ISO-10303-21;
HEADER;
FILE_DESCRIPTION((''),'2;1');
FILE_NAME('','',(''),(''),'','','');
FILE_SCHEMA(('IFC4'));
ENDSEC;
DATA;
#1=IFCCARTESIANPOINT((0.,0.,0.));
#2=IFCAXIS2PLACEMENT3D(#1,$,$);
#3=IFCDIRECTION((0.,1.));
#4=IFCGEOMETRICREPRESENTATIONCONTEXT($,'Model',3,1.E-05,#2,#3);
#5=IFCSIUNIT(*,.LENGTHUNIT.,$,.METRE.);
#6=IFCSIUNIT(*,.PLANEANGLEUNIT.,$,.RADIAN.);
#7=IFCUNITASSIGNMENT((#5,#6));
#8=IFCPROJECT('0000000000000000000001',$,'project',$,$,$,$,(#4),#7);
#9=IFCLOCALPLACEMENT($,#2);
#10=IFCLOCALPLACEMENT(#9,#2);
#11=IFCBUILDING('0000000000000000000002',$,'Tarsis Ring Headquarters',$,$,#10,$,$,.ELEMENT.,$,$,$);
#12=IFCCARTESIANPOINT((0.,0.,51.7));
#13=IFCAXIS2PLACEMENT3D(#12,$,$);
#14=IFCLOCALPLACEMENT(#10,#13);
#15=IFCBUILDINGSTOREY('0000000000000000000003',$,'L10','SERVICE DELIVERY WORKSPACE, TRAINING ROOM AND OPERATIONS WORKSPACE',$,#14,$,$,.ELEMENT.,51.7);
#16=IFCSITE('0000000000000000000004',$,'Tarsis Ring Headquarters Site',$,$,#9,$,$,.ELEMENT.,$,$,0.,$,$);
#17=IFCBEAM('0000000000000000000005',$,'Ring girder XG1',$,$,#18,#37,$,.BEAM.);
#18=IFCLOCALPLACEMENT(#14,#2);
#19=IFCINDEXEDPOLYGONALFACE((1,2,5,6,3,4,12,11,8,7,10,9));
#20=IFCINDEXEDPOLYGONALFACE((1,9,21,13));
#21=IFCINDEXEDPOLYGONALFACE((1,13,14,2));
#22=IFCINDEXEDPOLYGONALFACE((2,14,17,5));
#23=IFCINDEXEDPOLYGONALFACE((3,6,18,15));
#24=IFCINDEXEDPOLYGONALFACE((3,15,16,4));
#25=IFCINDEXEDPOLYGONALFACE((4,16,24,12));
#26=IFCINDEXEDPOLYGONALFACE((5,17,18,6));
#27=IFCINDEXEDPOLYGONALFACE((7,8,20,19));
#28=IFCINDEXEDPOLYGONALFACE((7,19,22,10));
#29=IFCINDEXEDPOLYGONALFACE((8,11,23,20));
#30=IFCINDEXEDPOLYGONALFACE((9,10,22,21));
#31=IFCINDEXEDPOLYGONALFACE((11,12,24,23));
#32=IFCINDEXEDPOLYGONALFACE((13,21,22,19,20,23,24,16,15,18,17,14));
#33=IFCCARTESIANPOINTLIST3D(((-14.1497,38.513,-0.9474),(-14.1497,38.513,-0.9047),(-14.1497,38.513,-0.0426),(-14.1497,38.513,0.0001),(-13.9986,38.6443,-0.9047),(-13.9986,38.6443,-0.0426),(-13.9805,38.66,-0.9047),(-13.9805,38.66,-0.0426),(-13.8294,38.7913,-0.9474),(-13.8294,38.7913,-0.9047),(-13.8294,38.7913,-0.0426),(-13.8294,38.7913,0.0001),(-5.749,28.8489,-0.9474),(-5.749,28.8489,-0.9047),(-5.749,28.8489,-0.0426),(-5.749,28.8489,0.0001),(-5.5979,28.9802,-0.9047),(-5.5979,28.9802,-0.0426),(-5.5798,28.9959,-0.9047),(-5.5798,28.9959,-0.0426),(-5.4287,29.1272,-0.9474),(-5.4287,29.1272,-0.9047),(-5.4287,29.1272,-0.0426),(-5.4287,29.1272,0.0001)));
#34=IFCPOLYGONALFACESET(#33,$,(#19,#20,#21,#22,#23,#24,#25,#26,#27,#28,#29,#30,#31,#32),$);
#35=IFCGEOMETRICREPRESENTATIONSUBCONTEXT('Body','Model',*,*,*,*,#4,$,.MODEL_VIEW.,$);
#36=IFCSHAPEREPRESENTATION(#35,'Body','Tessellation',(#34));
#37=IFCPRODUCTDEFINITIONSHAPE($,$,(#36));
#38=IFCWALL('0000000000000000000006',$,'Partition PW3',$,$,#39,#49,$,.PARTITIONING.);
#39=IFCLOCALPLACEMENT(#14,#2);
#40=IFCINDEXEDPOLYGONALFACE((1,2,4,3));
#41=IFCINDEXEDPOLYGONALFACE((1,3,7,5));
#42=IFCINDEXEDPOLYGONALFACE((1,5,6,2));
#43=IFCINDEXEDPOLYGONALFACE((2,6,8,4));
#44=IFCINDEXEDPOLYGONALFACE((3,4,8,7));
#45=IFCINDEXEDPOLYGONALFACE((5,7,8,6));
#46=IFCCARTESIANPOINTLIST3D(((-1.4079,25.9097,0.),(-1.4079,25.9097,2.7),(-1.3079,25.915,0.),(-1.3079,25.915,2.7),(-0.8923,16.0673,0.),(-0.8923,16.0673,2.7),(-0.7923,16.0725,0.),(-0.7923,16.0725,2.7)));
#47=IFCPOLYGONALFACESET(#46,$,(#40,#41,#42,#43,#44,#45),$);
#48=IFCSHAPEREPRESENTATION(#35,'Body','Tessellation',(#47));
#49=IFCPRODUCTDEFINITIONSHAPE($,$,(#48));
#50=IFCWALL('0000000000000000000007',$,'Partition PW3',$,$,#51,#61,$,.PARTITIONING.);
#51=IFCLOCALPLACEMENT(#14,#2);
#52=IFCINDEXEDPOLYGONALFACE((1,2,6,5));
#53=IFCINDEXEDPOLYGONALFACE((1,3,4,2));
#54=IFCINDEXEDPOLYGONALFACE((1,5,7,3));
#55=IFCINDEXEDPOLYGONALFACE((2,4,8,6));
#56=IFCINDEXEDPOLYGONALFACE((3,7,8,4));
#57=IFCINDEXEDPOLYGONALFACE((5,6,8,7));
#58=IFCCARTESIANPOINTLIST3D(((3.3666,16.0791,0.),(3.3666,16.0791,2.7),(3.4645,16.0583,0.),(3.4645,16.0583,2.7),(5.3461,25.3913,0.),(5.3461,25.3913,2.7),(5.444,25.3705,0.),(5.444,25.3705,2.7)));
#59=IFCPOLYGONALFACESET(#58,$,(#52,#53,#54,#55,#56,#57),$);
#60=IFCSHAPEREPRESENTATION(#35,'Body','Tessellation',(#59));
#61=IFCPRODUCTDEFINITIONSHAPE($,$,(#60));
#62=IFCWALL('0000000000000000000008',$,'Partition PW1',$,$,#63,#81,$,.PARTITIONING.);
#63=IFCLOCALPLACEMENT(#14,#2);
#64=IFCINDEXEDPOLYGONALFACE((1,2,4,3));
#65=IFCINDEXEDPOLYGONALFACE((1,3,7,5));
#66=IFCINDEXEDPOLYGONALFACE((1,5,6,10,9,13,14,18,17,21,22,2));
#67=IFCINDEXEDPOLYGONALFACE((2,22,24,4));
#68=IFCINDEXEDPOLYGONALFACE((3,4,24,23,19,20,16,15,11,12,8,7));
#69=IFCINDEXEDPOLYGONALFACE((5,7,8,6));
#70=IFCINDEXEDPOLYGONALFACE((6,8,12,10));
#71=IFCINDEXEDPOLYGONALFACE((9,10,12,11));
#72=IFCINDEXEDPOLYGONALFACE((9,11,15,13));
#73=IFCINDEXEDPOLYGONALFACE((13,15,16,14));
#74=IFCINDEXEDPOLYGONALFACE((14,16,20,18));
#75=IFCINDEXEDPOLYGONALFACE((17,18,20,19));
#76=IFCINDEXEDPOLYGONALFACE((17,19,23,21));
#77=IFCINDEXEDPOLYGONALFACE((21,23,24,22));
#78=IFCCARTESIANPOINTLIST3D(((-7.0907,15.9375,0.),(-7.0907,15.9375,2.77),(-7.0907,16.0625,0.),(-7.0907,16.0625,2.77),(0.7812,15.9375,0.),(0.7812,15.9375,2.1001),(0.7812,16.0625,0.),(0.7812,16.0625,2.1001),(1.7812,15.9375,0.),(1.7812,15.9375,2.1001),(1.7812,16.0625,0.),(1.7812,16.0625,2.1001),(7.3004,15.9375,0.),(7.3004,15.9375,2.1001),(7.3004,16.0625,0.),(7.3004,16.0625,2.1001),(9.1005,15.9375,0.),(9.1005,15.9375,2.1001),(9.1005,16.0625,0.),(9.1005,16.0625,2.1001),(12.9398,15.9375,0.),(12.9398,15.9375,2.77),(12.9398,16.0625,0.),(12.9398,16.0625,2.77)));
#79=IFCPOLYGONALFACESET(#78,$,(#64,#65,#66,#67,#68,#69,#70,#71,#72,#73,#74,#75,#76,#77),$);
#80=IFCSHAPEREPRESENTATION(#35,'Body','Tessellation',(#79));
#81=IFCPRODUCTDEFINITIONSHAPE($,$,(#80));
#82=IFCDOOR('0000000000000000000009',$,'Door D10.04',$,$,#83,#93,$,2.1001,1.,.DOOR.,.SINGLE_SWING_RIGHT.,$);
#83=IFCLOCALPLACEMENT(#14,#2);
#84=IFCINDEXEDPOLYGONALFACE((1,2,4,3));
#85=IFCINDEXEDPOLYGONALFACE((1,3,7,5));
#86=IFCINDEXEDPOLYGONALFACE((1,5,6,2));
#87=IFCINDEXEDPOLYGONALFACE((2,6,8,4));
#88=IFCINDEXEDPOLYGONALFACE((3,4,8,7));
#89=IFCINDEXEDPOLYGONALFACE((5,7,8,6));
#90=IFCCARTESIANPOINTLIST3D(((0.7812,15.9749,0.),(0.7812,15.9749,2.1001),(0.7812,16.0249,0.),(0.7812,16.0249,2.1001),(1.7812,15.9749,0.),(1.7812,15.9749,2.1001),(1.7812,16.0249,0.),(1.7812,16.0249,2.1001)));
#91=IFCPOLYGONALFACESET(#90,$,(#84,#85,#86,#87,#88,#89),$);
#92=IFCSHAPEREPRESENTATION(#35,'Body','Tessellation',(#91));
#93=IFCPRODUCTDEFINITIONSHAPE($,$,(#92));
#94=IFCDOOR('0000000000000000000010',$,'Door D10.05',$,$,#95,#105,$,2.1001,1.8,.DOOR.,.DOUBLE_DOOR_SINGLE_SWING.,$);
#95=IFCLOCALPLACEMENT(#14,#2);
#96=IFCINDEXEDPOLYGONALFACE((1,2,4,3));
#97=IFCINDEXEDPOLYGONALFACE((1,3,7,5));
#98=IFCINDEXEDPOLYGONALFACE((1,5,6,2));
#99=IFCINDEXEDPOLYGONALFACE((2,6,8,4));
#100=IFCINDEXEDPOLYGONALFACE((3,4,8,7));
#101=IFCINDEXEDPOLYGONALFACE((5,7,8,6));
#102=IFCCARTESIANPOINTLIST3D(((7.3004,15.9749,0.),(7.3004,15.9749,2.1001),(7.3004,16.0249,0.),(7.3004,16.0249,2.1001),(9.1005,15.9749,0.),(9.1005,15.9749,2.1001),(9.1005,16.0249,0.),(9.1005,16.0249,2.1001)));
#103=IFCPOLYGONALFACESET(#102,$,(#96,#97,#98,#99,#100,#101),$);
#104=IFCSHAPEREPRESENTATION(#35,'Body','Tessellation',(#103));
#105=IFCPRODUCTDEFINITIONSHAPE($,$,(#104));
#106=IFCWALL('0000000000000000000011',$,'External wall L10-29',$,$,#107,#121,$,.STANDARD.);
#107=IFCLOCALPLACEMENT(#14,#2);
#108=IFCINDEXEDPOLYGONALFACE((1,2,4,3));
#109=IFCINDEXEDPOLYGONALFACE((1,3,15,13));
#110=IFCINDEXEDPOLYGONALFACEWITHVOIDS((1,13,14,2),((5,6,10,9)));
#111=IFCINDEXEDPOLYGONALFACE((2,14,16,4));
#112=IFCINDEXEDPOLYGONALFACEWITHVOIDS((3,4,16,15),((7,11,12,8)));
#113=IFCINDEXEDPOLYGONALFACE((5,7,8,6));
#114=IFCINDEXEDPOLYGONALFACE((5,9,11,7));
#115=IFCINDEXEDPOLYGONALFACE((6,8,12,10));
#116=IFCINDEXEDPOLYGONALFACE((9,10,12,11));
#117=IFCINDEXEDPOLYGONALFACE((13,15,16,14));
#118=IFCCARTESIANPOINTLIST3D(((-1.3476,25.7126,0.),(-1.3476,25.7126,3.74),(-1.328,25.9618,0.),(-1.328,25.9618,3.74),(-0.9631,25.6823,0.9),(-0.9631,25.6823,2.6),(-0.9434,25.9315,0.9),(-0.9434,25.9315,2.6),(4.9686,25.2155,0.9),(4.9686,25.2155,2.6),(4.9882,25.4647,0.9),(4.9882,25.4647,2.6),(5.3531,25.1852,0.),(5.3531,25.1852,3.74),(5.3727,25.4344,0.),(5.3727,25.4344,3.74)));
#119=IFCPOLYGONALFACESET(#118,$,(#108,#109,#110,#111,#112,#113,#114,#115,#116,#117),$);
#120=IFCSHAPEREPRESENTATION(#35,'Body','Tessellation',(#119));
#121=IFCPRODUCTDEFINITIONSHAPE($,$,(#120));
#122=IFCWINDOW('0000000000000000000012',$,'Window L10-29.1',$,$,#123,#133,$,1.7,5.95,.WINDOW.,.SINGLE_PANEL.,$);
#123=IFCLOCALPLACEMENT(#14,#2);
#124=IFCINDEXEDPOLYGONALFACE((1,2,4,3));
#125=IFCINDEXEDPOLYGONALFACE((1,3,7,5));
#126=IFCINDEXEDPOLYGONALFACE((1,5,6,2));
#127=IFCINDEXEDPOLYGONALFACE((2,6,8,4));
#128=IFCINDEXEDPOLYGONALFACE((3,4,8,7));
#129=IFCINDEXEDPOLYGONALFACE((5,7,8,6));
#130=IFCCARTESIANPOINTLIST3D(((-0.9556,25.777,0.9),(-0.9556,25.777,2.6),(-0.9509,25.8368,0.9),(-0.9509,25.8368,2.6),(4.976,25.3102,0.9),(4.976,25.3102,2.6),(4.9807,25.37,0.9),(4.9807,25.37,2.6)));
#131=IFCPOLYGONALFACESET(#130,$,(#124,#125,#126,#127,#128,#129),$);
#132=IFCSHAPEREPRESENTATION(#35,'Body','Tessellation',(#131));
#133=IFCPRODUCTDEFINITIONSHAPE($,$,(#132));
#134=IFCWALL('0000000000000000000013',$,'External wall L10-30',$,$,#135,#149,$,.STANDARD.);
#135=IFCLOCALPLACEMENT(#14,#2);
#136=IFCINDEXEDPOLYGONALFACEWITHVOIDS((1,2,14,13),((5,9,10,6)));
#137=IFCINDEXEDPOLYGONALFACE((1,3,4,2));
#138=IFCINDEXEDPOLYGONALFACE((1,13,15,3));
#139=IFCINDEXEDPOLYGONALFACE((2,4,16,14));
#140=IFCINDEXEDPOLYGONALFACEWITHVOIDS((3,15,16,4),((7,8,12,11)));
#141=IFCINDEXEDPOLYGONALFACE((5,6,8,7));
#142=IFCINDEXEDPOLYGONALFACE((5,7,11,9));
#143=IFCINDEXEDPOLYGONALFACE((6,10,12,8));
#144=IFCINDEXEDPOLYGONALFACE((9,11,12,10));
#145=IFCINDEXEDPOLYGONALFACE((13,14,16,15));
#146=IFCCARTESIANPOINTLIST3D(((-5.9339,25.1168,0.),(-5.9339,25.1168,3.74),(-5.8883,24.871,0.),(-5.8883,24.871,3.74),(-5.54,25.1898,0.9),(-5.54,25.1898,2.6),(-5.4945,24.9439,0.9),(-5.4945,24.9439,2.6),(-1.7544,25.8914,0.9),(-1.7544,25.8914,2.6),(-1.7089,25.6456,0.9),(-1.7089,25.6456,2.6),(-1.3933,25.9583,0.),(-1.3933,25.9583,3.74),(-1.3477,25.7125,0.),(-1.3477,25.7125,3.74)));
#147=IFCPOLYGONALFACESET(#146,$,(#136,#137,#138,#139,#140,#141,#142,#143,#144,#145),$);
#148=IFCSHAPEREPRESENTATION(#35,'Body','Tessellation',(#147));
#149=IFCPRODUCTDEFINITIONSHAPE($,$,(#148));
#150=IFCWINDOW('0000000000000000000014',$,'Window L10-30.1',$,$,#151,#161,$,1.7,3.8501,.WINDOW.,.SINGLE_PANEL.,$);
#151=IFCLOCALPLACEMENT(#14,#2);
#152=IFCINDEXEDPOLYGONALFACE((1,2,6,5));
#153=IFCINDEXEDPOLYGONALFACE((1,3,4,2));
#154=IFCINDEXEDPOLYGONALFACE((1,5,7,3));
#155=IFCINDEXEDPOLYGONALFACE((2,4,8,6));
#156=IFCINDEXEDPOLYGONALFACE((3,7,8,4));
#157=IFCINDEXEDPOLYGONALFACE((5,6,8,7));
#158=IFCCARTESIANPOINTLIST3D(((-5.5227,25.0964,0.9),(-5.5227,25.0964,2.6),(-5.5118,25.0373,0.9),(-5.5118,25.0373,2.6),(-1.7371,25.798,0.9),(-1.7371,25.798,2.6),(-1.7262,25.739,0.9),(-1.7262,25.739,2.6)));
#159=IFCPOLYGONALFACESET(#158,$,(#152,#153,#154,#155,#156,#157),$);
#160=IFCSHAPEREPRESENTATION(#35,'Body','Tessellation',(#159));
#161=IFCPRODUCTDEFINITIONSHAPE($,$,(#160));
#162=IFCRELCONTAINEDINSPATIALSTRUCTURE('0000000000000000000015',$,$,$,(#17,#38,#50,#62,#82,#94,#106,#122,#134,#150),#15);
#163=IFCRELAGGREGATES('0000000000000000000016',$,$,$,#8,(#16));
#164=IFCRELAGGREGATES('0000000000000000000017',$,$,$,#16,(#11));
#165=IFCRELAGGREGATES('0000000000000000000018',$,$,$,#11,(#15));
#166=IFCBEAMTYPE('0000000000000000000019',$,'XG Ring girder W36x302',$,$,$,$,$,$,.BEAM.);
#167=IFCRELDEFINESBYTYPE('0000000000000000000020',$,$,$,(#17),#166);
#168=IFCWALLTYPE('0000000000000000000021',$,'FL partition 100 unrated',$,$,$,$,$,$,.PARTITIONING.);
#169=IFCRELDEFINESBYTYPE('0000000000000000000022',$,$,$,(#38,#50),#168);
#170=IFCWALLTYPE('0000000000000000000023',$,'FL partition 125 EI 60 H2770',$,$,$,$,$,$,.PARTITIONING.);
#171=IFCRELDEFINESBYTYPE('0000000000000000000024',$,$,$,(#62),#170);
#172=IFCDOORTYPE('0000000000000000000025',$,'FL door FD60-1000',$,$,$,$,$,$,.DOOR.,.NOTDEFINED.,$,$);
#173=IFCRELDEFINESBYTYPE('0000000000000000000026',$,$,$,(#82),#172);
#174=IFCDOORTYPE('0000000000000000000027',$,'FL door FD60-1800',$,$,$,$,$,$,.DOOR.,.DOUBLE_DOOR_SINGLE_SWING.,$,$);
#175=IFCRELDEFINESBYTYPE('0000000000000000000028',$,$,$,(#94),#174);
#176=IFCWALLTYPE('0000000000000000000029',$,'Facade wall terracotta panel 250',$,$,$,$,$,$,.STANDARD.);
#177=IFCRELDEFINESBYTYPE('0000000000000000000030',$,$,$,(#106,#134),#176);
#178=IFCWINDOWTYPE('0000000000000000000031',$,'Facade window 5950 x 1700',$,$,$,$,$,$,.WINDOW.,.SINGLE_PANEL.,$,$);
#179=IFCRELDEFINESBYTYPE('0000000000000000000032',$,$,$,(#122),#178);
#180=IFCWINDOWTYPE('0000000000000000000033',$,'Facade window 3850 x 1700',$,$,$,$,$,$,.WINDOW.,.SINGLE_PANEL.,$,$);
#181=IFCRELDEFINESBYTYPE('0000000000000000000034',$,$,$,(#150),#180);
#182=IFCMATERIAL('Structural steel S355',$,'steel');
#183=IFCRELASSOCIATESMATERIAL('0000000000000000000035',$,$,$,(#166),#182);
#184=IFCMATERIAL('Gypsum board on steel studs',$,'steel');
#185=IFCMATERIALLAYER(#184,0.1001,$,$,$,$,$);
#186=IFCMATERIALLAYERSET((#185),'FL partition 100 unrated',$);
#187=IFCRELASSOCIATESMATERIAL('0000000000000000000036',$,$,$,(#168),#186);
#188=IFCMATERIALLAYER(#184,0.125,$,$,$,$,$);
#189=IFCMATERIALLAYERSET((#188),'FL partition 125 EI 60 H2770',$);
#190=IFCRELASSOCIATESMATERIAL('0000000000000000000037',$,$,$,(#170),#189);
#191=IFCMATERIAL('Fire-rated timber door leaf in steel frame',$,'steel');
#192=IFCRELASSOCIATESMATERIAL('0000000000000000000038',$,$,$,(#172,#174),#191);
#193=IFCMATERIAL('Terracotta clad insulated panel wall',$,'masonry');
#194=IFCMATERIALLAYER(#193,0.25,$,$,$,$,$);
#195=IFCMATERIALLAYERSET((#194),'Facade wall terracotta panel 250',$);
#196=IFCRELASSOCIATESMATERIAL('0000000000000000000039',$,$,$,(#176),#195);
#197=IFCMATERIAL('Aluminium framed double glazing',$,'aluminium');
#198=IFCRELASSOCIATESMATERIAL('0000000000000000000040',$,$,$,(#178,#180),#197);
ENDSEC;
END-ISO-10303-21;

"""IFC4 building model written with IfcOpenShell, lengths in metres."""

from ifc_helpers import new_model, si_unit, direction, frame, frame_2d, origin, origin_2d, place, context, subcontext, project, spatial, rectangle, i_section, extrude, material, layer, layer_set, material_profile, profile_set, type_object, element, fill, save


model = new_model("IFC4")

# Units and contexts
model_context = context("Model", 3, precision=1e-05, world=origin(), true_north=direction((0.0, 1.0)))
body_context = subcontext(model_context, "Body", "Model", "MODEL_VIEW")
ifc_project = project(units=[si_unit("LENGTHUNIT", "METRE"), si_unit("PLANEANGLEUNIT", "RADIAN")], contexts=[model_context])

# Site, building, storey
site_placement = place(None, origin())
site = spatial("IfcSite", under=ifc_project, at=site_placement, Name="Tarsis Ring Headquarters Site", CompositionType="ELEMENT", RefElevation=0.0)
building_placement = place(site_placement, origin())
building = spatial("IfcBuilding", under=site, at=building_placement, Name="Tarsis Ring Headquarters", CompositionType="ELEMENT")
storey_placement = place(building_placement, frame((0.0, 0.0, 51.7)))
storey = spatial("IfcBuildingStorey", under=building, at=storey_placement, Name="L10", Description="SERVICE DELIVERY WORKSPACE, TRAINING ROOM AND OPERATIONS WORKSPACE", CompositionType="ELEMENT", Elevation=51.7)

# Beam
ifc_material_1 = material(Name="Structural steel S355", Category="steel")
ifc_material_profile_1 = material_profile(ifc_material_1, i_section(OverallWidth=0.4243, OverallDepth=0.9475, WebThickness=0.0239, FlangeThickness=0.0427, at=origin_2d()), Name="W36x302")
ifc_profile_set_1 = profile_set([ifc_material_profile_1], Name="Structural steel S355")
beam_type_1 = type_object("IfcBeamType", Name="XG Ring girder W36x302", PredefinedType="BEAM", material=ifc_profile_set_1)
beam_1_placement = place(storey_placement, frame((-5.5889, 28.988, -0.4736), z_axis=(-0.65605, 0.754718, 0.0), x_axis=(-0.754718, -0.65605, 0.0)))
element("IfcBeam", 1, at=beam_1_placement, inside=storey, type_object=beam_type_1, Name="Ring girder XG1", PredefinedType="BEAM", context=body_context, shape_type="SweptSolid", body=[
    extrude(i_section(OverallWidth=0.4243, OverallDepth=0.9475, WebThickness=0.0239, FlangeThickness=0.0427, at=origin_2d()), origin(), (0.0, 0.0, 1.0), 12.8049),
])

# Walls
ifc_material_2 = material(Name="Gypsum board on steel studs", Category="steel")
ifc_layer_1 = layer(ifc_material_2, 0.1001)
ifc_layer_set_1 = layer_set([ifc_layer_1], Name="FL partition 100 unrated")
wall_type_1 = type_object("IfcWallType", Name="FL partition 100 unrated", PredefinedType="PARTITIONING", material=ifc_layer_set_1)
wall_1_placement = place(storey_placement, frame((-1.3579, 25.9124, 0.0), z_axis=(0.0, 0.0, 1.0), x_axis=(0.052316, -0.998631, 0.0)))
element("IfcWall", 2, at=wall_1_placement, inside=storey, type_object=wall_type_1, Name="Partition PW3", PredefinedType="PARTITIONING", context=body_context, shape_type="SweptSolid", body=[
    extrude(rectangle(XDim=9.856, YDim=0.1001, at=frame_2d((4.928, 0.0))), origin(), (0.0, 0.0, 1.0), 2.7),
])
wall_2_placement = place(storey_placement, frame((3.4155, 16.0686, 0.0), z_axis=(0.0, 0.0, 1.0), x_axis=(0.207923, 0.978145, 0.0)))
element("IfcWall", 3, at=wall_2_placement, inside=storey, type_object=wall_type_1, Name="Partition PW3", PredefinedType="PARTITIONING", context=body_context, shape_type="SweptSolid", body=[
    extrude(rectangle(XDim=9.5203, YDim=0.1001, at=frame_2d((4.7603, 0.0))), origin(), (0.0, 0.0, 1.0), 2.7),
])

# Wall, openings, doors
ifc_layer_2 = layer(ifc_material_2, 0.125)
ifc_layer_set_2 = layer_set([ifc_layer_2], Name="FL partition 125 EI 60 H2770")
wall_type_2 = type_object("IfcWallType", Name="FL partition 125 EI 60 H2770", PredefinedType="PARTITIONING", material=ifc_layer_set_2)
wall_3_placement = place(storey_placement, frame((-7.0906, 16.0, 0.0), z_axis=(0.0, 0.0, 1.0), x_axis=(1.0, 0.0, 0.0)))
wall_3 = element("IfcWall", 4, at=wall_3_placement, inside=storey, type_object=wall_type_2, Name="Partition PW1", PredefinedType="PARTITIONING", context=body_context, shape_type="SweptSolid", body=[
    extrude(rectangle(XDim=20.0305, YDim=0.125, at=frame_2d((10.0151, 0.0))), origin(), (0.0, 0.0, 1.0), 2.77),
])
opening_1_placement = place(wall_3_placement, frame((7.8718, 0.0, 0.0)))
opening_1 = element("IfcOpeningElement", 5, at=opening_1_placement, cuts=wall_3, PredefinedType="OPENING", context=body_context, shape_type="SweptSolid", body=[
    extrude(rectangle(XDim=1.0, YDim=2.1001, at=frame_2d((0.5, 1.05))), frame((0.0, 0.0725, 0.0), z_axis=(0.0, -1.0, 0.0), x_axis=(1.0, 0.0, 0.0)), (0.0, 0.0, 1.0), 0.145),
])
opening_2_placement = place(wall_3_placement, frame((14.3911, 0.0, 0.0)))
opening_2 = element("IfcOpeningElement", 6, at=opening_2_placement, cuts=wall_3, PredefinedType="OPENING", context=body_context, shape_type="SweptSolid", body=[
    extrude(rectangle(XDim=1.8, YDim=2.1001, at=frame_2d((0.8999, 1.05))), frame((0.0, 0.0725, 0.0), z_axis=(0.0, -1.0, 0.0), x_axis=(1.0, 0.0, 0.0)), (0.0, 0.0, 1.0), 0.145),
])
ifc_material_3 = material(Name="Fire-rated timber door leaf in steel frame", Category="steel")
door_type_1 = type_object("IfcDoorType", Name="FL door FD60-1000", OperationType="NOTDEFINED", PredefinedType="DOOR", material=ifc_material_3)
door_1_placement = place(opening_1_placement, origin())
door_1 = element("IfcDoor", 7, at=door_1_placement, inside=storey, type_object=door_type_1, Name="Door D10.04", OperationType="SINGLE_SWING_RIGHT", OverallHeight=2.1001, OverallWidth=1.0, PredefinedType="DOOR", context=body_context, shape_type="SweptSolid", body=[
    extrude(rectangle(XDim=1.0, YDim=2.1001, at=frame_2d((0.5, 1.05))), frame((0.0, 0.0249, 0.0), z_axis=(0.0, -1.0, 0.0), x_axis=(1.0, 0.0, 0.0)), (0.0, 0.0, 1.0), 0.05),
])
fill(opening_1, door_1)
door_type_2 = type_object("IfcDoorType", Name="FL door FD60-1800", OperationType="DOUBLE_DOOR_SINGLE_SWING", PredefinedType="DOOR", material=ifc_material_3)
door_2_placement = place(opening_2_placement, origin())
door_2 = element("IfcDoor", 8, at=door_2_placement, inside=storey, type_object=door_type_2, Name="Door D10.05", OperationType="DOUBLE_DOOR_SINGLE_SWING", OverallHeight=2.1001, OverallWidth=1.8, PredefinedType="DOOR", context=body_context, shape_type="SweptSolid", body=[
    extrude(rectangle(XDim=1.8, YDim=2.1001, at=frame_2d((0.8999, 1.05))), frame((0.0, 0.0249, 0.0), z_axis=(0.0, -1.0, 0.0), x_axis=(1.0, 0.0, 0.0)), (0.0, 0.0, 1.0), 0.05),
])
fill(opening_2, door_2)

# Walls, openings, windows
ifc_material_4 = material(Name="Terracotta clad insulated panel wall", Category="masonry")
ifc_layer_3 = layer(ifc_material_4, 0.25)
ifc_layer_set_3 = layer_set([ifc_layer_3], Name="Facade wall terracotta panel 250")
wall_type_3 = type_object("IfcWallType", Name="Facade wall terracotta panel 250", PredefinedType="STANDARD", material=ifc_layer_set_3)
wall_4_placement = place(storey_placement, frame((5.363, 25.3098, 0.0), z_axis=(0.0, 0.0, 1.0), x_axis=(-0.996917, 0.078457, 0.0)))
wall_4 = element("IfcWall", 9, at=wall_4_placement, inside=storey, type_object=wall_type_3, Name="External wall L10-29", PredefinedType="STANDARD", context=body_context, shape_type="SweptSolid", body=[
    extrude(rectangle(XDim=6.7214, YDim=0.25, at=frame_2d((3.3608, 0.0))), origin(), (0.0, 0.0, 1.0), 3.74),
])
opening_3_placement = place(wall_4_placement, frame((0.3857, 0.0, 0.8999)))
opening_3 = element("IfcOpeningElement", 10, at=opening_3_placement, cuts=wall_4, PredefinedType="OPENING", context=body_context, shape_type="SweptSolid", body=[
    extrude(rectangle(XDim=5.95, YDim=1.7, at=frame_2d((2.9751, 0.8501))), frame((0.0, 0.135, 0.0), z_axis=(0.0, -1.0, 0.0), x_axis=(1.0, 0.0, 0.0)), (0.0, 0.0, 1.0), 0.27),
])
ifc_material_5 = material(Name="Aluminium framed double glazing", Category="aluminium")
window_type_1 = type_object("IfcWindowType", Name="Facade window 5950 x 1700", PartitioningType="SINGLE_PANEL", PredefinedType="WINDOW", material=ifc_material_5)
window_1_placement = place(opening_3_placement, origin())
window_1 = element("IfcWindow", 11, at=window_1_placement, inside=storey, type_object=window_type_1, Name="Window L10-29.1", OverallHeight=1.7, OverallWidth=5.95, PartitioningType="SINGLE_PANEL", PredefinedType="WINDOW", context=body_context, shape_type="SweptSolid", body=[
    extrude(rectangle(XDim=5.95, YDim=1.7, at=frame_2d((2.9751, 0.8501))), frame((0.0, 0.03, 0.0), z_axis=(0.0, -1.0, 0.0), x_axis=(1.0, 0.0, 0.0)), (0.0, 0.0, 1.0), 0.0601),
])
fill(opening_3, window_1)
wall_5_placement = place(storey_placement, frame((-1.3704, 25.8354, 0.0), z_axis=(0.0, 0.0, 1.0), x_axis=(-0.983254, -0.182239, 0.0)))
wall_5 = element("IfcWall", 12, at=wall_5_placement, inside=storey, type_object=wall_type_3, Name="External wall L10-30", PredefinedType="STANDARD", context=body_context, shape_type="SweptSolid", body=[
    extrude(rectangle(XDim=4.6179, YDim=0.25, at=frame_2d((2.3091, 0.0))), origin(), (0.0, 0.0, 1.0), 3.74),
])
opening_4_placement = place(wall_5_placement, frame((0.3674, 0.0, 0.8999)))
opening_4 = element("IfcOpeningElement", 13, at=opening_4_placement, cuts=wall_5, PredefinedType="OPENING", context=body_context, shape_type="SweptSolid", body=[
    extrude(rectangle(XDim=3.8501, YDim=1.7, at=frame_2d((1.925, 0.8501))), frame((0.0, 0.135, 0.0), z_axis=(0.0, -1.0, 0.0), x_axis=(1.0, 0.0, 0.0)), (0.0, 0.0, 1.0), 0.27),
])
window_type_2 = type_object("IfcWindowType", Name="Facade window 3850 x 1700", PartitioningType="SINGLE_PANEL", PredefinedType="WINDOW", material=ifc_material_5)
window_2_placement = place(opening_4_placement, origin())
window_2 = element("IfcWindow", 14, at=window_2_placement, inside=storey, type_object=window_type_2, Name="Window L10-30.1", OverallHeight=1.7, OverallWidth=3.8501, PartitioningType="SINGLE_PANEL", PredefinedType="WINDOW", context=body_context, shape_type="SweptSolid", body=[
    extrude(rectangle(XDim=3.8501, YDim=1.7, at=frame_2d((1.925, 0.8501))), frame((0.0, 0.03, 0.0), z_axis=(0.0, -1.0, 0.0), x_axis=(1.0, 0.0, 0.0)), (0.0, 0.0, 1.0), 0.0601),
])
fill(opening_4, window_2)

save(model, "model.ifc")
